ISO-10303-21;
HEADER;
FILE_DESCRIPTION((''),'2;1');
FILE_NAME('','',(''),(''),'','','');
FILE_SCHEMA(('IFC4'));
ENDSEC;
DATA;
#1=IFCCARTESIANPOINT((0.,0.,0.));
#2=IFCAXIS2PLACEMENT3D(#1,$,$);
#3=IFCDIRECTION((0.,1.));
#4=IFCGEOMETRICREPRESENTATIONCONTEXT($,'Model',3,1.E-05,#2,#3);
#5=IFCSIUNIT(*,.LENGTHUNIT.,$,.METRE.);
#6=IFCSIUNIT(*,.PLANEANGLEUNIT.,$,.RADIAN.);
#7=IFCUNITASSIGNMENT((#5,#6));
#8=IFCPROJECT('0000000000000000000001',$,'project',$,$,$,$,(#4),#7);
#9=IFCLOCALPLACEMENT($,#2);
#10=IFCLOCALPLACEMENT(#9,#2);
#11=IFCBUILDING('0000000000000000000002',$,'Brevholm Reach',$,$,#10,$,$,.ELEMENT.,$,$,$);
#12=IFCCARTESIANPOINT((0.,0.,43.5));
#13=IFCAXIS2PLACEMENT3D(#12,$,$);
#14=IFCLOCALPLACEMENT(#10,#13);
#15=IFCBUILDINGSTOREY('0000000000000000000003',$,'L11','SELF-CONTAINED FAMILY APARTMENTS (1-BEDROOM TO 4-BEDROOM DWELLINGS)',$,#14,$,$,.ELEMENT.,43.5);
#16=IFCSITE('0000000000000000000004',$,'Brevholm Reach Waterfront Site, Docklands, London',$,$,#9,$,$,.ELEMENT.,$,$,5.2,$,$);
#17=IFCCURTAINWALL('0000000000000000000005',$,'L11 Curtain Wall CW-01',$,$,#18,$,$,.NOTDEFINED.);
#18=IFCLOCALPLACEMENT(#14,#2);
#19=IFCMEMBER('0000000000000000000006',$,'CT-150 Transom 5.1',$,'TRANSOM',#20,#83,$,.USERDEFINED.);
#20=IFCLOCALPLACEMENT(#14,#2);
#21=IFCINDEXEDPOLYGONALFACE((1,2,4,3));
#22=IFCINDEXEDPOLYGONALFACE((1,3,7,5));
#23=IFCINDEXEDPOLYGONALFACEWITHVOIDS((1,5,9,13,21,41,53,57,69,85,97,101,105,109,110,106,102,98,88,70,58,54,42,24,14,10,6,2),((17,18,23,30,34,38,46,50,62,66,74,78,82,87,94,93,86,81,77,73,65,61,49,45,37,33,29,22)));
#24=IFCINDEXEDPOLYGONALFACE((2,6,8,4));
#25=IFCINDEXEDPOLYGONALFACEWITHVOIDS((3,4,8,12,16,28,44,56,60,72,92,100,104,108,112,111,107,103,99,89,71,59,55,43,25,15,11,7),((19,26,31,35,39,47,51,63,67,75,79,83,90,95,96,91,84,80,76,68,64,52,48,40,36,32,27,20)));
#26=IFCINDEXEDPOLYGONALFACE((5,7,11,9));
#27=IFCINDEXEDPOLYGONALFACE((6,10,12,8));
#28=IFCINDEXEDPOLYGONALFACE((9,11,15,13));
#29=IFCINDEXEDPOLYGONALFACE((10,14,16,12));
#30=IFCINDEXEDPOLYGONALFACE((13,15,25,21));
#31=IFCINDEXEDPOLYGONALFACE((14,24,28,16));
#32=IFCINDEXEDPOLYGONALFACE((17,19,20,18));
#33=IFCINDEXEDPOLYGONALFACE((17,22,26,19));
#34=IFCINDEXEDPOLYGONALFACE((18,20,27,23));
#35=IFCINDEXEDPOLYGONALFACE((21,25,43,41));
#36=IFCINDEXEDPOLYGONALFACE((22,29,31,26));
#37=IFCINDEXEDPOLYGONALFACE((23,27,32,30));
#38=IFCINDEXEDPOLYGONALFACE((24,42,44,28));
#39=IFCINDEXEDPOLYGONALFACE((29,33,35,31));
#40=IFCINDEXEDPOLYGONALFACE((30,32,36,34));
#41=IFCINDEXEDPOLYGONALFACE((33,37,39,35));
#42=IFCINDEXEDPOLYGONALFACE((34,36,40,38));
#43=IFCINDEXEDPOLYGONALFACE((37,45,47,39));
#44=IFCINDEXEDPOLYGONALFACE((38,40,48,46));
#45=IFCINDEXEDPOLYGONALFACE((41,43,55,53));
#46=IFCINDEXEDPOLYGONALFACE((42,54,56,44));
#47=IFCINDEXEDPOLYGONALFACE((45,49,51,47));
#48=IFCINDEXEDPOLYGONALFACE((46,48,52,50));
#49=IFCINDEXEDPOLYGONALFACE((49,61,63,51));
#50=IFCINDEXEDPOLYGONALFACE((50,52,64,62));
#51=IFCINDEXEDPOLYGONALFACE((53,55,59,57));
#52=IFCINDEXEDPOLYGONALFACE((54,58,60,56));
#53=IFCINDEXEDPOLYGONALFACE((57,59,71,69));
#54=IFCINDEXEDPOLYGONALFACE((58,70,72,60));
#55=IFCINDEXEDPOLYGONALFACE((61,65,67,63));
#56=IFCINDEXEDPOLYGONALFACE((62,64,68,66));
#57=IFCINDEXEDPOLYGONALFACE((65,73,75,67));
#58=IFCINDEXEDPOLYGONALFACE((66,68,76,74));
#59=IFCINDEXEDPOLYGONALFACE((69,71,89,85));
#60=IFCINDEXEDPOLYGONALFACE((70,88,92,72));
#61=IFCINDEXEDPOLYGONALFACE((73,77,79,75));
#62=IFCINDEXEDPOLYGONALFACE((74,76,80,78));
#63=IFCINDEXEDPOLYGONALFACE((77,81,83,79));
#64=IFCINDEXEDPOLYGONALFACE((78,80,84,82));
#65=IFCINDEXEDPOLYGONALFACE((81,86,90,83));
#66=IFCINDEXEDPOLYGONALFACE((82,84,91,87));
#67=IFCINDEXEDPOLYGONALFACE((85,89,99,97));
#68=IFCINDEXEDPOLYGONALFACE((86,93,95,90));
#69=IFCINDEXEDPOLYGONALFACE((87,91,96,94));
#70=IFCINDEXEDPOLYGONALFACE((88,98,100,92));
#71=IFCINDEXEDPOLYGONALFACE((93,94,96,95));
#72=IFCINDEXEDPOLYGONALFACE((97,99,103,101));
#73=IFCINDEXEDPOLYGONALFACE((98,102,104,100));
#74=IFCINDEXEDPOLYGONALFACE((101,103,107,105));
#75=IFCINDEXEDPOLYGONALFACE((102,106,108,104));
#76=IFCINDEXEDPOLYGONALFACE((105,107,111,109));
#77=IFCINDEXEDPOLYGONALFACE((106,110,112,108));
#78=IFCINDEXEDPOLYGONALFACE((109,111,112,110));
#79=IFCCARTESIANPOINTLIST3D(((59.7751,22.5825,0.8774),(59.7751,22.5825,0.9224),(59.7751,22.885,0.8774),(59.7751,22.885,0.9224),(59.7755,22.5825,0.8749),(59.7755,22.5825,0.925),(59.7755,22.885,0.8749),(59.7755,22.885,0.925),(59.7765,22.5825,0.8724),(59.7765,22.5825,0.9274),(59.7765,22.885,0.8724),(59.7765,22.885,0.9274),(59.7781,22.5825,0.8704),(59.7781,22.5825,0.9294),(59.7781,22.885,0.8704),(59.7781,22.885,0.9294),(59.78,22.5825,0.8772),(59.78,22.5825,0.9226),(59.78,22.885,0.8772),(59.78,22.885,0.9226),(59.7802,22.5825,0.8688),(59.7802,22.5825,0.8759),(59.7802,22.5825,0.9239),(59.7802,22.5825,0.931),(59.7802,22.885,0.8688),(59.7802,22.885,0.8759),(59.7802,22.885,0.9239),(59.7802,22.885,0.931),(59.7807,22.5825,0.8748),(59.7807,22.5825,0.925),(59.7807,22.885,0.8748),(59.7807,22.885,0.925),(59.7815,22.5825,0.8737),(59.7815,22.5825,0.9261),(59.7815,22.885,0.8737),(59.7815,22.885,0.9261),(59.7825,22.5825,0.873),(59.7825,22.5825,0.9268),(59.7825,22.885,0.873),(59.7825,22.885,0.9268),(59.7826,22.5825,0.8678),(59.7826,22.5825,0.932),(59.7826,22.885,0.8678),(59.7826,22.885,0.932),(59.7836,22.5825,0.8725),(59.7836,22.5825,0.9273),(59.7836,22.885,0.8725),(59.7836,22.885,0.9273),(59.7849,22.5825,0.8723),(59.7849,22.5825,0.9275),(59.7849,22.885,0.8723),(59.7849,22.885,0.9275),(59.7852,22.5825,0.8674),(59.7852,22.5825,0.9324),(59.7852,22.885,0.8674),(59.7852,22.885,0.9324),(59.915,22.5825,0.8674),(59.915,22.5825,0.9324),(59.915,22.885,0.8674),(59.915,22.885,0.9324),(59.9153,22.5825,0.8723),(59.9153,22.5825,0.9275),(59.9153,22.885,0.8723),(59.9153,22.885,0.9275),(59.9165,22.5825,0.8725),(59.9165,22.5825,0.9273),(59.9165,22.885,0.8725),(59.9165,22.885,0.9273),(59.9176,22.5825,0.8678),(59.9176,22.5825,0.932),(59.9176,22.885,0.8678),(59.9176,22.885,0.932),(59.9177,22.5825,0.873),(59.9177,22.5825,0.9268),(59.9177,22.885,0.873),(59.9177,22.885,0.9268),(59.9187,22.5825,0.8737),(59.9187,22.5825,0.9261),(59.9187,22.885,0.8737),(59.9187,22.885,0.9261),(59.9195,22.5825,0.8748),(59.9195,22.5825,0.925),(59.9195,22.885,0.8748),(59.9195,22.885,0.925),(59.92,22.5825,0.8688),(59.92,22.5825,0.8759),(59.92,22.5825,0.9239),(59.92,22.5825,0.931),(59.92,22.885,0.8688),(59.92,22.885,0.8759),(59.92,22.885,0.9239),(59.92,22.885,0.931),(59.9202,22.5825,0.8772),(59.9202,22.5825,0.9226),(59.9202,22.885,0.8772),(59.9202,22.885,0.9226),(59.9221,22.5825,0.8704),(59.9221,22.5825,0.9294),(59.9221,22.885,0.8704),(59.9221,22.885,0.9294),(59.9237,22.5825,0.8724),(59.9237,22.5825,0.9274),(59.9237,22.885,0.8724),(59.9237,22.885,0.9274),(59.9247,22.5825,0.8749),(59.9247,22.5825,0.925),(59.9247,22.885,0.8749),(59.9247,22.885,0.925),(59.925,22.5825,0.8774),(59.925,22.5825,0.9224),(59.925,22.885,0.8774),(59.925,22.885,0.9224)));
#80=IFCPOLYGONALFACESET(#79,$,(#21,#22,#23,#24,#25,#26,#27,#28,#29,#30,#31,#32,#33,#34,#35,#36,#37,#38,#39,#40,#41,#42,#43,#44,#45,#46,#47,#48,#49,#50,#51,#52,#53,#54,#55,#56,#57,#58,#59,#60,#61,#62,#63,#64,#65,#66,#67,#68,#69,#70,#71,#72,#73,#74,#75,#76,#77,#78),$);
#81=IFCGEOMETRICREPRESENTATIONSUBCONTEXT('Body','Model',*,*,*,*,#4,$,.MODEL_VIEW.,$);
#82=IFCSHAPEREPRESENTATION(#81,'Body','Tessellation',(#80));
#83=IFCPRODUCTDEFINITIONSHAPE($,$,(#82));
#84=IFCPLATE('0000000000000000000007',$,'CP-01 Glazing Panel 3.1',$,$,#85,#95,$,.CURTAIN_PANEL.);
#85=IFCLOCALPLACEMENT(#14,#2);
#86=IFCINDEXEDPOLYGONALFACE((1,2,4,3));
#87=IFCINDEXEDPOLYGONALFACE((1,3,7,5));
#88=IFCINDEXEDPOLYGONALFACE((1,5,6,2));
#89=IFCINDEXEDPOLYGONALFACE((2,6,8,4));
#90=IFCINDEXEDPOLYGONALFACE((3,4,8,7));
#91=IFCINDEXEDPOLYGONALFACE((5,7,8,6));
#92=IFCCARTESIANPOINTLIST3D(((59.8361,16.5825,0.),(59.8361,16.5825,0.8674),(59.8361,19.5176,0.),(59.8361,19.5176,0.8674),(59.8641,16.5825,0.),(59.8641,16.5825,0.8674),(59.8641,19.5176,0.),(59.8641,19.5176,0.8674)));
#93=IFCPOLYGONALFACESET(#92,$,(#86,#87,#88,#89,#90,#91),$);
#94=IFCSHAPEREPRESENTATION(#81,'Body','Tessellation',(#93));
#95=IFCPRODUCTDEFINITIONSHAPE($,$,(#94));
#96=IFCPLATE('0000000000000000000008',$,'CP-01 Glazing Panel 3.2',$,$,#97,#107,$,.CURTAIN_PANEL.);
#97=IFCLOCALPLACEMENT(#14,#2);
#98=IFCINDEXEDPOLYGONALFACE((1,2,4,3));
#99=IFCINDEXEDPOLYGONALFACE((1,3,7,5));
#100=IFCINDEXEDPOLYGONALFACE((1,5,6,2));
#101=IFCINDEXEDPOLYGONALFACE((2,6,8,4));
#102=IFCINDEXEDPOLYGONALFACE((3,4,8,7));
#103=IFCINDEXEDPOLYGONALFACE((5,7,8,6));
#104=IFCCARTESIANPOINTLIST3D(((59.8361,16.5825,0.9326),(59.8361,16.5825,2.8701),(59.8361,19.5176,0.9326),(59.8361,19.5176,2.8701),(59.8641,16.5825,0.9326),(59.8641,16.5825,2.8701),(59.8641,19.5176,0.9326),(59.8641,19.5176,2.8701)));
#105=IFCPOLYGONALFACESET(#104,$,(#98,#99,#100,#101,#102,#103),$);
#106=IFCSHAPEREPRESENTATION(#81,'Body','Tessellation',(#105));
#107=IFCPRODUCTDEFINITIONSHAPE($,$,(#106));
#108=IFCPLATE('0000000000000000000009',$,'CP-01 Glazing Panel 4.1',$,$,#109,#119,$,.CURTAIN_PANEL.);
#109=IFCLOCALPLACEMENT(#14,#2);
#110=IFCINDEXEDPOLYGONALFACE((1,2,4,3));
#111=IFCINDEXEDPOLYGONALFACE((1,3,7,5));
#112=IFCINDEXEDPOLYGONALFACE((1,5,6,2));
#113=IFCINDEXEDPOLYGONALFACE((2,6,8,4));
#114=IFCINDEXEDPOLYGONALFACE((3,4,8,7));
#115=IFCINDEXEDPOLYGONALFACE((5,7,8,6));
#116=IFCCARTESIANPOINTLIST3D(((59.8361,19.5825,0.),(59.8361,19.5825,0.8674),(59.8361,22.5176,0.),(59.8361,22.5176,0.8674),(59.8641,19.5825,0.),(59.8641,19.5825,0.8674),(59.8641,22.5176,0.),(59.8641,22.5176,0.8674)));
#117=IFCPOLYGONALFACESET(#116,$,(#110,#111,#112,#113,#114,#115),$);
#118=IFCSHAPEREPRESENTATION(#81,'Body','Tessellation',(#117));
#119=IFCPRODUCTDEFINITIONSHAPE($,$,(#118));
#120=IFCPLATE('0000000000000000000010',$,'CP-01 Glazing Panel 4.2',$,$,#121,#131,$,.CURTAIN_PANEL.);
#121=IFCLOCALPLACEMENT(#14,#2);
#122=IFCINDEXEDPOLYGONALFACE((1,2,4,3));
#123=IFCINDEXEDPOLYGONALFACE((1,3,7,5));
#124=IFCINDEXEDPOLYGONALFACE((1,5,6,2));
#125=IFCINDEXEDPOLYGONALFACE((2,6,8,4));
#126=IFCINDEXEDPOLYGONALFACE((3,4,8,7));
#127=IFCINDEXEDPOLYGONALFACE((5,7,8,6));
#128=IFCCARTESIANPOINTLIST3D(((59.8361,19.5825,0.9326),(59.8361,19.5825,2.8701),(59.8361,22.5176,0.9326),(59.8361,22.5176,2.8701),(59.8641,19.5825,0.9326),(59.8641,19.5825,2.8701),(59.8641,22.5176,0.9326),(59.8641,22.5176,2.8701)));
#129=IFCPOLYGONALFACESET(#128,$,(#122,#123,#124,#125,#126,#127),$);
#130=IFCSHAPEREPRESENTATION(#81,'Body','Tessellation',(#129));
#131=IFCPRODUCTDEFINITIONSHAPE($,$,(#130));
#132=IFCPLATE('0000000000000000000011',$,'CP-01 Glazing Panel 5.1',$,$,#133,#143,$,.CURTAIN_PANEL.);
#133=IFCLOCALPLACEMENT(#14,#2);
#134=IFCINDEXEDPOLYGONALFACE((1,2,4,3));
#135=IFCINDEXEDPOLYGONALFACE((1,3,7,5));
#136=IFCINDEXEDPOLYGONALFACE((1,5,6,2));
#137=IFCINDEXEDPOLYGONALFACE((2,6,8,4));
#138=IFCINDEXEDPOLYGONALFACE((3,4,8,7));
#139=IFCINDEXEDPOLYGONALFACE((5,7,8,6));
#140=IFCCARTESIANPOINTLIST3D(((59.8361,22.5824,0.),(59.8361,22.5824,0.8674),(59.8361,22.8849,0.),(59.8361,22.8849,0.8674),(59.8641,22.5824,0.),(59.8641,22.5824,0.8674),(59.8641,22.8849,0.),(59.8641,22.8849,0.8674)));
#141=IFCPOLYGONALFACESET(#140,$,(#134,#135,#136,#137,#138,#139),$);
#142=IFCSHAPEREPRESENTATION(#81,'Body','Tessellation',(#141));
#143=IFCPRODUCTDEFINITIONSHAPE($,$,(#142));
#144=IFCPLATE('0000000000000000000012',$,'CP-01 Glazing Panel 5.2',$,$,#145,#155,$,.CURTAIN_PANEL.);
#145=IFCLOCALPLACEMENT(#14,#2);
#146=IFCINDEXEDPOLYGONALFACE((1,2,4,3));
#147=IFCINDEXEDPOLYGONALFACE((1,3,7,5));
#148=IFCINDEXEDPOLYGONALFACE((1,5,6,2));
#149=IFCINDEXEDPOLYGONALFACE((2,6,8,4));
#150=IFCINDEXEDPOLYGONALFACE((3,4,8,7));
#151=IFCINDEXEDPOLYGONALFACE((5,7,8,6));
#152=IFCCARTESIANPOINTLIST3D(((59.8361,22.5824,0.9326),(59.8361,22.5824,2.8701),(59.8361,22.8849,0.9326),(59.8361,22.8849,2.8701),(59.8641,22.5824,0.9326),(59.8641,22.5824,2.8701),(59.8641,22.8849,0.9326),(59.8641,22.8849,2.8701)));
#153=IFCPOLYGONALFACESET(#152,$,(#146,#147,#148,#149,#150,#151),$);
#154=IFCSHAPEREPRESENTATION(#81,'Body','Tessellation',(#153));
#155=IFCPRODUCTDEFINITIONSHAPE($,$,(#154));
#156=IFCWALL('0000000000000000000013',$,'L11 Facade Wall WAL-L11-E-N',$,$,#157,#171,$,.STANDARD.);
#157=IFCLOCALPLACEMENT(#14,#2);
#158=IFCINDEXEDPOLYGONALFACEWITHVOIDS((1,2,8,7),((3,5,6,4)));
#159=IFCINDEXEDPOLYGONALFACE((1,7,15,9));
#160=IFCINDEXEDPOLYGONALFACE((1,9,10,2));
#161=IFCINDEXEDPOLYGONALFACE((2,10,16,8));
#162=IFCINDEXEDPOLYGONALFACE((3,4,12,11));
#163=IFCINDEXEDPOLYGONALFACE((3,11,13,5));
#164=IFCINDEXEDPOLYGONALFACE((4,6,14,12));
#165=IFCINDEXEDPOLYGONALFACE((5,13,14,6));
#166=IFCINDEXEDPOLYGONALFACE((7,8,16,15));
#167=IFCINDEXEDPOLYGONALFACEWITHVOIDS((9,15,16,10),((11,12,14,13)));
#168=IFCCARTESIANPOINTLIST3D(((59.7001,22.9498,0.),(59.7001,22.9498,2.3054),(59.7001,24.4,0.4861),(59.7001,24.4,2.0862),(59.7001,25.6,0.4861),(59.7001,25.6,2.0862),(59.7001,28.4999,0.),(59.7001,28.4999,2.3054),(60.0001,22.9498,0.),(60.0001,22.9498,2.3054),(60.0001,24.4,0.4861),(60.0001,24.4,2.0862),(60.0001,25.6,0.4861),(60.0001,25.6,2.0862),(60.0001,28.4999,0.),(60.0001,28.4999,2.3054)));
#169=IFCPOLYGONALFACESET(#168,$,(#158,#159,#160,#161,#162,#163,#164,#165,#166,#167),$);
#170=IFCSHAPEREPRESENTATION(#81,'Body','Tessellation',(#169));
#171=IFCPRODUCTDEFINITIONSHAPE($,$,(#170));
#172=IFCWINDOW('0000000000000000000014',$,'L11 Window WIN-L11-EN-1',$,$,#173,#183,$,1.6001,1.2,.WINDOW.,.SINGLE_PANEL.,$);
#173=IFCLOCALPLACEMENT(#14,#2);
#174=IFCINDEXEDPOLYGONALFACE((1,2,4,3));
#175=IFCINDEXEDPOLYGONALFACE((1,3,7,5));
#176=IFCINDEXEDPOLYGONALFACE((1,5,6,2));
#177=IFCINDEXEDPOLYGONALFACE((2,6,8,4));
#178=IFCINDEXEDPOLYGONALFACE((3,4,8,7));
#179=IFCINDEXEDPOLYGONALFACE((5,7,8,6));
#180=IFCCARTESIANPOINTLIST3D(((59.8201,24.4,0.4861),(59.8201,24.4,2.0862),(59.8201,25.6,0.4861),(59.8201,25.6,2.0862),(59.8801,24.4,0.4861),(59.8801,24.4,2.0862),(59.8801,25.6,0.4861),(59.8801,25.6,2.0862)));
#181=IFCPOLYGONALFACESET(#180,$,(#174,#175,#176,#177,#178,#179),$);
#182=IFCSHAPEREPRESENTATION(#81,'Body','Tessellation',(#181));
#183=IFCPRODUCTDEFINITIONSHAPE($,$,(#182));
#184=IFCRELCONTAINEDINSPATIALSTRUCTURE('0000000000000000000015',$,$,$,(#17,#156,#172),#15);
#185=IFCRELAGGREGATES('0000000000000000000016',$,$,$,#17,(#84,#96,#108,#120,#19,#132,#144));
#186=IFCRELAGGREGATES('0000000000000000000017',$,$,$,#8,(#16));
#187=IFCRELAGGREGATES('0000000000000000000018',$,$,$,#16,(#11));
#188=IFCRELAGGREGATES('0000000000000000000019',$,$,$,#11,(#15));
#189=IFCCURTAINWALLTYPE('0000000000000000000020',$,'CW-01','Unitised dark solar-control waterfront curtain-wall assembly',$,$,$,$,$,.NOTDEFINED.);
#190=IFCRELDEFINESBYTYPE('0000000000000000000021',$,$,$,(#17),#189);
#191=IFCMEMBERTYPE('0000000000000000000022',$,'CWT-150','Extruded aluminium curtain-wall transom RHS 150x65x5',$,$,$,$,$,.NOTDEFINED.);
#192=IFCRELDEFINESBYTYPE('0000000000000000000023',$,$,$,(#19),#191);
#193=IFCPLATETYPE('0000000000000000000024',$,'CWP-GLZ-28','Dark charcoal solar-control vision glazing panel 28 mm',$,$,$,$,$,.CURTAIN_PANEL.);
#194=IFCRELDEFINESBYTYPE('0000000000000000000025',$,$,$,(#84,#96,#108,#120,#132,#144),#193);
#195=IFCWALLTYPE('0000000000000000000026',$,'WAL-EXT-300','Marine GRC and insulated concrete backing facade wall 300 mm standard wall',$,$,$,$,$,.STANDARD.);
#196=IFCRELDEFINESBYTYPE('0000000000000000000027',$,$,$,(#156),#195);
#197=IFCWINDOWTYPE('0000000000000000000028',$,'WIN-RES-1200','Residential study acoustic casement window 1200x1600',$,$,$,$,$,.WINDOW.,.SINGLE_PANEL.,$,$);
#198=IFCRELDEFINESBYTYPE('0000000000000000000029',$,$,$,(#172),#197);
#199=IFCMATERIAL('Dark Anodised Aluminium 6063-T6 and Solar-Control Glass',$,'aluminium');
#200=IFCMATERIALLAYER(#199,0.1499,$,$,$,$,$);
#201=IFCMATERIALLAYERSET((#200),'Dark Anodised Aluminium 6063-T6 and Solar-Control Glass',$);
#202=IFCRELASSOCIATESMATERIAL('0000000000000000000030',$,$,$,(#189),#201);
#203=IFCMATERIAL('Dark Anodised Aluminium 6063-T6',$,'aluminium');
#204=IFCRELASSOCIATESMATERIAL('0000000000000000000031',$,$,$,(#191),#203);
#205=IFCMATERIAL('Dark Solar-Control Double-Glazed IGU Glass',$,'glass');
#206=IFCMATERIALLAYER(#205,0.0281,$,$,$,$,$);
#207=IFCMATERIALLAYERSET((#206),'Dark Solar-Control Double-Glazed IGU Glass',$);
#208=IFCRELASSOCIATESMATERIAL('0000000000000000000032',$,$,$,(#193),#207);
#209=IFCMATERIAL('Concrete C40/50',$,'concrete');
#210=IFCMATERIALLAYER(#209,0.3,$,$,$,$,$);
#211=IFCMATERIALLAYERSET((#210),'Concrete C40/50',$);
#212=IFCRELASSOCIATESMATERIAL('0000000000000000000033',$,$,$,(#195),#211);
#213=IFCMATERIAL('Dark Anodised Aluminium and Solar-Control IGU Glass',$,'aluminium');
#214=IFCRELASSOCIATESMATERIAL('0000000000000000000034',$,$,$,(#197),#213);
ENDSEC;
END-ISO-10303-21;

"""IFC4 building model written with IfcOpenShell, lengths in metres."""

from ifc_helpers import new_model, si_unit, direction, frame, frame_2d, origin, origin_2d, place, context, subcontext, project, spatial, rectangle, hollow_rectangle, extrude, material, layer, layer_set, material_profile, profile_set, type_object, element, fill, aggregate, save


model = new_model("IFC4")

# Units and contexts
model_context = context("Model", 3, precision=1e-05, world=origin(), true_north=direction((0.0, 1.0)))
body_context = subcontext(model_context, "Body", "Model", "MODEL_VIEW")
ifc_project = project(units=[si_unit("LENGTHUNIT", "METRE"), si_unit("PLANEANGLEUNIT", "RADIAN")], contexts=[model_context])

# Site, building, storey
site_placement = place(None, origin())
site = spatial("IfcSite", under=ifc_project, at=site_placement, Name="Brevholm Reach Waterfront Site, Docklands, London", CompositionType="ELEMENT", RefElevation=5.2)
building_placement = place(site_placement, origin())
building = spatial("IfcBuilding", under=site, at=building_placement, Name="Brevholm Reach", CompositionType="ELEMENT")
storey_placement = place(building_placement, frame((0.0, 0.0, 43.5)))
storey = spatial("IfcBuildingStorey", under=building, at=storey_placement, Name="L11", Description="SELF-CONTAINED FAMILY APARTMENTS (1-BEDROOM TO 4-BEDROOM DWELLINGS)", CompositionType="ELEMENT", Elevation=43.5)

# Curtain wall, member, plates
ifc_material_1 = material(Name="Dark Anodised Aluminium 6063-T6 and Solar-Control Glass", Category="aluminium")
ifc_layer_1 = layer(ifc_material_1, 0.1499)
ifc_layer_set_1 = layer_set([ifc_layer_1], Name="Dark Anodised Aluminium 6063-T6 and Solar-Control Glass")
curtain_wall_type = type_object("IfcCurtainWallType", Name="CW-01", Description="Unitised dark solar-control waterfront curtain-wall assembly", PredefinedType="NOTDEFINED", material=ifc_layer_set_1)
curtain_wall_placement = place(storey_placement, origin())
curtain_wall = element("IfcCurtainWall", 1, at=curtain_wall_placement, inside=storey, type_object=curtain_wall_type, Name="L11 Curtain Wall CW-01", PredefinedType="NOTDEFINED")
ifc_material_2 = material(Name="Dark Anodised Aluminium 6063-T6", Category="aluminium")
ifc_material_profile_1 = material_profile(ifc_material_2, hollow_rectangle(XDim=0.0649, YDim=0.1499, WallThickness=0.0049, InnerFilletRadius=0.0049, OuterFilletRadius=0.01, at=origin_2d()), Name="RHS 150x65x5")
ifc_profile_set_1 = profile_set([ifc_material_profile_1], Name="Dark Anodised Aluminium 6063-T6")
member_type_1 = type_object("IfcMemberType", Name="CWT-150", Description="Extruded aluminium curtain-wall transom RHS 150x65x5", PredefinedType="NOTDEFINED", material=ifc_profile_set_1)
member_1_placement = place(storey_placement, frame((59.8501, 22.5825, 0.8999), z_axis=(0.0, 1.0, 0.0), x_axis=(0.0, 0.0, 1.0)))
member_1 = element("IfcMember", 2, at=member_1_placement, type_object=member_type_1, Name="CT-150 Transom 5.1", ObjectType="TRANSOM", PredefinedType="USERDEFINED", context=body_context, shape_type="SweptSolid", body=[
    extrude(hollow_rectangle(XDim=0.0649, YDim=0.1499, WallThickness=0.0049, InnerFilletRadius=0.0049, OuterFilletRadius=0.01, at=origin_2d()), origin(), (0.0, 0.0, 1.0), 0.3025),
])
ifc_material_3 = material(Name="Dark Solar-Control Double-Glazed IGU Glass", Category="glass")
ifc_layer_2 = layer(ifc_material_3, 0.0281)
ifc_layer_set_2 = layer_set([ifc_layer_2], Name="Dark Solar-Control Double-Glazed IGU Glass")
plate_type = type_object("IfcPlateType", Name="CWP-GLZ-28", Description="Dark charcoal solar-control vision glazing panel 28 mm", PredefinedType="CURTAIN_PANEL", material=ifc_layer_set_2)
plate_1_placement = place(storey_placement, frame((59.8501, 18.05, 0.0), z_axis=(0.0, 0.0, 1.0), x_axis=(0.0, 1.0, 0.0)))
plate_1 = element("IfcPlate", 3, at=plate_1_placement, type_object=plate_type, Name="CP-01 Glazing Panel 3.1", PredefinedType="CURTAIN_PANEL", context=body_context, shape_type="SweptSolid", body=[
    extrude(rectangle(XDim=2.9351, YDim=0.0281, at=origin_2d()), origin(), (0.0, 0.0, 1.0), 0.8674),
])
plate_2_placement = place(storey_placement, frame((59.8501, 18.05, 0.9326), z_axis=(0.0, 0.0, 1.0), x_axis=(0.0, 1.0, 0.0)))
plate_2 = element("IfcPlate", 4, at=plate_2_placement, type_object=plate_type, Name="CP-01 Glazing Panel 3.2", PredefinedType="CURTAIN_PANEL", context=body_context, shape_type="SweptSolid", body=[
    extrude(rectangle(XDim=2.9351, YDim=0.0281, at=origin_2d()), origin(), (0.0, 0.0, 1.0), 1.9375),
])
plate_3_placement = place(storey_placement, frame((59.8501, 21.05, 0.0), z_axis=(0.0, 0.0, 1.0), x_axis=(0.0, 1.0, 0.0)))
plate_3 = element("IfcPlate", 5, at=plate_3_placement, type_object=plate_type, Name="CP-01 Glazing Panel 4.1", PredefinedType="CURTAIN_PANEL", context=body_context, shape_type="SweptSolid", body=[
    extrude(rectangle(XDim=2.9351, YDim=0.0281, at=origin_2d()), origin(), (0.0, 0.0, 1.0), 0.8674),
])
plate_4_placement = place(storey_placement, frame((59.8501, 21.05, 0.9326), z_axis=(0.0, 0.0, 1.0), x_axis=(0.0, 1.0, 0.0)))
plate_4 = element("IfcPlate", 6, at=plate_4_placement, type_object=plate_type, Name="CP-01 Glazing Panel 4.2", PredefinedType="CURTAIN_PANEL", context=body_context, shape_type="SweptSolid", body=[
    extrude(rectangle(XDim=2.9351, YDim=0.0281, at=origin_2d()), origin(), (0.0, 0.0, 1.0), 1.9375),
])
plate_5_placement = place(storey_placement, frame((59.8501, 22.7336, 0.0), z_axis=(0.0, 0.0, 1.0), x_axis=(0.0, 1.0, 0.0)))
plate_5 = element("IfcPlate", 7, at=plate_5_placement, type_object=plate_type, Name="CP-01 Glazing Panel 5.1", PredefinedType="CURTAIN_PANEL", context=body_context, shape_type="SweptSolid", body=[
    extrude(rectangle(XDim=0.3025, YDim=0.0281, at=origin_2d()), origin(), (0.0, 0.0, 1.0), 0.8674),
])
plate_6_placement = place(storey_placement, frame((59.8501, 22.7336, 0.9326), z_axis=(0.0, 0.0, 1.0), x_axis=(0.0, 1.0, 0.0)))
plate_6 = element("IfcPlate", 8, at=plate_6_placement, type_object=plate_type, Name="CP-01 Glazing Panel 5.2", PredefinedType="CURTAIN_PANEL", context=body_context, shape_type="SweptSolid", body=[
    extrude(rectangle(XDim=0.3025, YDim=0.0281, at=origin_2d()), origin(), (0.0, 0.0, 1.0), 1.9375),
])
aggregate(curtain_wall, [plate_1, plate_2, plate_3, plate_4, member_1, plate_5, plate_6])

# Wall, opening, window
ifc_material_4 = material(Name="Concrete C40/50", Category="concrete")
ifc_layer_3 = layer(ifc_material_4, 0.3)
ifc_layer_set_3 = layer_set([ifc_layer_3], Name="Concrete C40/50")
wall_type_1 = type_object("IfcWallType", Name="WAL-EXT-300", Description="Marine GRC and insulated concrete backing facade wall 300 mm standard wall", PredefinedType="STANDARD", material=ifc_layer_set_3)
wall_1_placement = place(storey_placement, frame((59.8501, 22.95, 0.0), z_axis=(0.0, 0.0, 1.0), x_axis=(0.0, 1.0, 0.0)))
wall_1 = element("IfcWall", 9, at=wall_1_placement, inside=storey, type_object=wall_type_1, Name="L11 Facade Wall WAL-L11-E-N", PredefinedType="STANDARD", context=body_context, shape_type="SweptSolid", body=[
    extrude(rectangle(XDim=5.55, YDim=0.3, at=frame_2d((2.7749, 0.0))), origin(), (0.0, 0.0, 1.0), 2.3054),
])
opening_placement = place(wall_1_placement, frame((1.45, 0.0, 0.4861)))
opening = element("IfcOpeningElement", 10, at=opening_placement, cuts=wall_1, PredefinedType="OPENING", context=body_context, shape_type="SweptSolid", body=[
    extrude(rectangle(XDim=1.2, YDim=1.6001, at=frame_2d((0.6001, 0.8))), frame((0.0, 0.1599, 0.0), z_axis=(0.0, -1.0, 0.0), x_axis=(1.0, 0.0, 0.0)), (0.0, 0.0, 1.0), 0.3201),
])
ifc_material_5 = material(Name="Dark Anodised Aluminium and Solar-Control IGU Glass", Category="aluminium")
window_type = type_object("IfcWindowType", Name="WIN-RES-1200", Description="Residential study acoustic casement window 1200x1600", PartitioningType="SINGLE_PANEL", PredefinedType="WINDOW", material=ifc_material_5)
window_placement = place(opening_placement, origin())
window = element("IfcWindow", 11, at=window_placement, inside=storey, type_object=window_type, Name="L11 Window WIN-L11-EN-1", OverallHeight=1.6001, OverallWidth=1.2, PartitioningType="SINGLE_PANEL", PredefinedType="WINDOW", context=body_context, shape_type="SweptSolid", body=[
    extrude(rectangle(XDim=1.2, YDim=1.6001, at=frame_2d((0.6001, 0.8))), frame((0.0, 0.03, 0.0), z_axis=(0.0, -1.0, 0.0), x_axis=(1.0, 0.0, 0.0)), (0.0, 0.0, 1.0), 0.0601),
])
fill(opening, window)

save(model, "model.ifc")
